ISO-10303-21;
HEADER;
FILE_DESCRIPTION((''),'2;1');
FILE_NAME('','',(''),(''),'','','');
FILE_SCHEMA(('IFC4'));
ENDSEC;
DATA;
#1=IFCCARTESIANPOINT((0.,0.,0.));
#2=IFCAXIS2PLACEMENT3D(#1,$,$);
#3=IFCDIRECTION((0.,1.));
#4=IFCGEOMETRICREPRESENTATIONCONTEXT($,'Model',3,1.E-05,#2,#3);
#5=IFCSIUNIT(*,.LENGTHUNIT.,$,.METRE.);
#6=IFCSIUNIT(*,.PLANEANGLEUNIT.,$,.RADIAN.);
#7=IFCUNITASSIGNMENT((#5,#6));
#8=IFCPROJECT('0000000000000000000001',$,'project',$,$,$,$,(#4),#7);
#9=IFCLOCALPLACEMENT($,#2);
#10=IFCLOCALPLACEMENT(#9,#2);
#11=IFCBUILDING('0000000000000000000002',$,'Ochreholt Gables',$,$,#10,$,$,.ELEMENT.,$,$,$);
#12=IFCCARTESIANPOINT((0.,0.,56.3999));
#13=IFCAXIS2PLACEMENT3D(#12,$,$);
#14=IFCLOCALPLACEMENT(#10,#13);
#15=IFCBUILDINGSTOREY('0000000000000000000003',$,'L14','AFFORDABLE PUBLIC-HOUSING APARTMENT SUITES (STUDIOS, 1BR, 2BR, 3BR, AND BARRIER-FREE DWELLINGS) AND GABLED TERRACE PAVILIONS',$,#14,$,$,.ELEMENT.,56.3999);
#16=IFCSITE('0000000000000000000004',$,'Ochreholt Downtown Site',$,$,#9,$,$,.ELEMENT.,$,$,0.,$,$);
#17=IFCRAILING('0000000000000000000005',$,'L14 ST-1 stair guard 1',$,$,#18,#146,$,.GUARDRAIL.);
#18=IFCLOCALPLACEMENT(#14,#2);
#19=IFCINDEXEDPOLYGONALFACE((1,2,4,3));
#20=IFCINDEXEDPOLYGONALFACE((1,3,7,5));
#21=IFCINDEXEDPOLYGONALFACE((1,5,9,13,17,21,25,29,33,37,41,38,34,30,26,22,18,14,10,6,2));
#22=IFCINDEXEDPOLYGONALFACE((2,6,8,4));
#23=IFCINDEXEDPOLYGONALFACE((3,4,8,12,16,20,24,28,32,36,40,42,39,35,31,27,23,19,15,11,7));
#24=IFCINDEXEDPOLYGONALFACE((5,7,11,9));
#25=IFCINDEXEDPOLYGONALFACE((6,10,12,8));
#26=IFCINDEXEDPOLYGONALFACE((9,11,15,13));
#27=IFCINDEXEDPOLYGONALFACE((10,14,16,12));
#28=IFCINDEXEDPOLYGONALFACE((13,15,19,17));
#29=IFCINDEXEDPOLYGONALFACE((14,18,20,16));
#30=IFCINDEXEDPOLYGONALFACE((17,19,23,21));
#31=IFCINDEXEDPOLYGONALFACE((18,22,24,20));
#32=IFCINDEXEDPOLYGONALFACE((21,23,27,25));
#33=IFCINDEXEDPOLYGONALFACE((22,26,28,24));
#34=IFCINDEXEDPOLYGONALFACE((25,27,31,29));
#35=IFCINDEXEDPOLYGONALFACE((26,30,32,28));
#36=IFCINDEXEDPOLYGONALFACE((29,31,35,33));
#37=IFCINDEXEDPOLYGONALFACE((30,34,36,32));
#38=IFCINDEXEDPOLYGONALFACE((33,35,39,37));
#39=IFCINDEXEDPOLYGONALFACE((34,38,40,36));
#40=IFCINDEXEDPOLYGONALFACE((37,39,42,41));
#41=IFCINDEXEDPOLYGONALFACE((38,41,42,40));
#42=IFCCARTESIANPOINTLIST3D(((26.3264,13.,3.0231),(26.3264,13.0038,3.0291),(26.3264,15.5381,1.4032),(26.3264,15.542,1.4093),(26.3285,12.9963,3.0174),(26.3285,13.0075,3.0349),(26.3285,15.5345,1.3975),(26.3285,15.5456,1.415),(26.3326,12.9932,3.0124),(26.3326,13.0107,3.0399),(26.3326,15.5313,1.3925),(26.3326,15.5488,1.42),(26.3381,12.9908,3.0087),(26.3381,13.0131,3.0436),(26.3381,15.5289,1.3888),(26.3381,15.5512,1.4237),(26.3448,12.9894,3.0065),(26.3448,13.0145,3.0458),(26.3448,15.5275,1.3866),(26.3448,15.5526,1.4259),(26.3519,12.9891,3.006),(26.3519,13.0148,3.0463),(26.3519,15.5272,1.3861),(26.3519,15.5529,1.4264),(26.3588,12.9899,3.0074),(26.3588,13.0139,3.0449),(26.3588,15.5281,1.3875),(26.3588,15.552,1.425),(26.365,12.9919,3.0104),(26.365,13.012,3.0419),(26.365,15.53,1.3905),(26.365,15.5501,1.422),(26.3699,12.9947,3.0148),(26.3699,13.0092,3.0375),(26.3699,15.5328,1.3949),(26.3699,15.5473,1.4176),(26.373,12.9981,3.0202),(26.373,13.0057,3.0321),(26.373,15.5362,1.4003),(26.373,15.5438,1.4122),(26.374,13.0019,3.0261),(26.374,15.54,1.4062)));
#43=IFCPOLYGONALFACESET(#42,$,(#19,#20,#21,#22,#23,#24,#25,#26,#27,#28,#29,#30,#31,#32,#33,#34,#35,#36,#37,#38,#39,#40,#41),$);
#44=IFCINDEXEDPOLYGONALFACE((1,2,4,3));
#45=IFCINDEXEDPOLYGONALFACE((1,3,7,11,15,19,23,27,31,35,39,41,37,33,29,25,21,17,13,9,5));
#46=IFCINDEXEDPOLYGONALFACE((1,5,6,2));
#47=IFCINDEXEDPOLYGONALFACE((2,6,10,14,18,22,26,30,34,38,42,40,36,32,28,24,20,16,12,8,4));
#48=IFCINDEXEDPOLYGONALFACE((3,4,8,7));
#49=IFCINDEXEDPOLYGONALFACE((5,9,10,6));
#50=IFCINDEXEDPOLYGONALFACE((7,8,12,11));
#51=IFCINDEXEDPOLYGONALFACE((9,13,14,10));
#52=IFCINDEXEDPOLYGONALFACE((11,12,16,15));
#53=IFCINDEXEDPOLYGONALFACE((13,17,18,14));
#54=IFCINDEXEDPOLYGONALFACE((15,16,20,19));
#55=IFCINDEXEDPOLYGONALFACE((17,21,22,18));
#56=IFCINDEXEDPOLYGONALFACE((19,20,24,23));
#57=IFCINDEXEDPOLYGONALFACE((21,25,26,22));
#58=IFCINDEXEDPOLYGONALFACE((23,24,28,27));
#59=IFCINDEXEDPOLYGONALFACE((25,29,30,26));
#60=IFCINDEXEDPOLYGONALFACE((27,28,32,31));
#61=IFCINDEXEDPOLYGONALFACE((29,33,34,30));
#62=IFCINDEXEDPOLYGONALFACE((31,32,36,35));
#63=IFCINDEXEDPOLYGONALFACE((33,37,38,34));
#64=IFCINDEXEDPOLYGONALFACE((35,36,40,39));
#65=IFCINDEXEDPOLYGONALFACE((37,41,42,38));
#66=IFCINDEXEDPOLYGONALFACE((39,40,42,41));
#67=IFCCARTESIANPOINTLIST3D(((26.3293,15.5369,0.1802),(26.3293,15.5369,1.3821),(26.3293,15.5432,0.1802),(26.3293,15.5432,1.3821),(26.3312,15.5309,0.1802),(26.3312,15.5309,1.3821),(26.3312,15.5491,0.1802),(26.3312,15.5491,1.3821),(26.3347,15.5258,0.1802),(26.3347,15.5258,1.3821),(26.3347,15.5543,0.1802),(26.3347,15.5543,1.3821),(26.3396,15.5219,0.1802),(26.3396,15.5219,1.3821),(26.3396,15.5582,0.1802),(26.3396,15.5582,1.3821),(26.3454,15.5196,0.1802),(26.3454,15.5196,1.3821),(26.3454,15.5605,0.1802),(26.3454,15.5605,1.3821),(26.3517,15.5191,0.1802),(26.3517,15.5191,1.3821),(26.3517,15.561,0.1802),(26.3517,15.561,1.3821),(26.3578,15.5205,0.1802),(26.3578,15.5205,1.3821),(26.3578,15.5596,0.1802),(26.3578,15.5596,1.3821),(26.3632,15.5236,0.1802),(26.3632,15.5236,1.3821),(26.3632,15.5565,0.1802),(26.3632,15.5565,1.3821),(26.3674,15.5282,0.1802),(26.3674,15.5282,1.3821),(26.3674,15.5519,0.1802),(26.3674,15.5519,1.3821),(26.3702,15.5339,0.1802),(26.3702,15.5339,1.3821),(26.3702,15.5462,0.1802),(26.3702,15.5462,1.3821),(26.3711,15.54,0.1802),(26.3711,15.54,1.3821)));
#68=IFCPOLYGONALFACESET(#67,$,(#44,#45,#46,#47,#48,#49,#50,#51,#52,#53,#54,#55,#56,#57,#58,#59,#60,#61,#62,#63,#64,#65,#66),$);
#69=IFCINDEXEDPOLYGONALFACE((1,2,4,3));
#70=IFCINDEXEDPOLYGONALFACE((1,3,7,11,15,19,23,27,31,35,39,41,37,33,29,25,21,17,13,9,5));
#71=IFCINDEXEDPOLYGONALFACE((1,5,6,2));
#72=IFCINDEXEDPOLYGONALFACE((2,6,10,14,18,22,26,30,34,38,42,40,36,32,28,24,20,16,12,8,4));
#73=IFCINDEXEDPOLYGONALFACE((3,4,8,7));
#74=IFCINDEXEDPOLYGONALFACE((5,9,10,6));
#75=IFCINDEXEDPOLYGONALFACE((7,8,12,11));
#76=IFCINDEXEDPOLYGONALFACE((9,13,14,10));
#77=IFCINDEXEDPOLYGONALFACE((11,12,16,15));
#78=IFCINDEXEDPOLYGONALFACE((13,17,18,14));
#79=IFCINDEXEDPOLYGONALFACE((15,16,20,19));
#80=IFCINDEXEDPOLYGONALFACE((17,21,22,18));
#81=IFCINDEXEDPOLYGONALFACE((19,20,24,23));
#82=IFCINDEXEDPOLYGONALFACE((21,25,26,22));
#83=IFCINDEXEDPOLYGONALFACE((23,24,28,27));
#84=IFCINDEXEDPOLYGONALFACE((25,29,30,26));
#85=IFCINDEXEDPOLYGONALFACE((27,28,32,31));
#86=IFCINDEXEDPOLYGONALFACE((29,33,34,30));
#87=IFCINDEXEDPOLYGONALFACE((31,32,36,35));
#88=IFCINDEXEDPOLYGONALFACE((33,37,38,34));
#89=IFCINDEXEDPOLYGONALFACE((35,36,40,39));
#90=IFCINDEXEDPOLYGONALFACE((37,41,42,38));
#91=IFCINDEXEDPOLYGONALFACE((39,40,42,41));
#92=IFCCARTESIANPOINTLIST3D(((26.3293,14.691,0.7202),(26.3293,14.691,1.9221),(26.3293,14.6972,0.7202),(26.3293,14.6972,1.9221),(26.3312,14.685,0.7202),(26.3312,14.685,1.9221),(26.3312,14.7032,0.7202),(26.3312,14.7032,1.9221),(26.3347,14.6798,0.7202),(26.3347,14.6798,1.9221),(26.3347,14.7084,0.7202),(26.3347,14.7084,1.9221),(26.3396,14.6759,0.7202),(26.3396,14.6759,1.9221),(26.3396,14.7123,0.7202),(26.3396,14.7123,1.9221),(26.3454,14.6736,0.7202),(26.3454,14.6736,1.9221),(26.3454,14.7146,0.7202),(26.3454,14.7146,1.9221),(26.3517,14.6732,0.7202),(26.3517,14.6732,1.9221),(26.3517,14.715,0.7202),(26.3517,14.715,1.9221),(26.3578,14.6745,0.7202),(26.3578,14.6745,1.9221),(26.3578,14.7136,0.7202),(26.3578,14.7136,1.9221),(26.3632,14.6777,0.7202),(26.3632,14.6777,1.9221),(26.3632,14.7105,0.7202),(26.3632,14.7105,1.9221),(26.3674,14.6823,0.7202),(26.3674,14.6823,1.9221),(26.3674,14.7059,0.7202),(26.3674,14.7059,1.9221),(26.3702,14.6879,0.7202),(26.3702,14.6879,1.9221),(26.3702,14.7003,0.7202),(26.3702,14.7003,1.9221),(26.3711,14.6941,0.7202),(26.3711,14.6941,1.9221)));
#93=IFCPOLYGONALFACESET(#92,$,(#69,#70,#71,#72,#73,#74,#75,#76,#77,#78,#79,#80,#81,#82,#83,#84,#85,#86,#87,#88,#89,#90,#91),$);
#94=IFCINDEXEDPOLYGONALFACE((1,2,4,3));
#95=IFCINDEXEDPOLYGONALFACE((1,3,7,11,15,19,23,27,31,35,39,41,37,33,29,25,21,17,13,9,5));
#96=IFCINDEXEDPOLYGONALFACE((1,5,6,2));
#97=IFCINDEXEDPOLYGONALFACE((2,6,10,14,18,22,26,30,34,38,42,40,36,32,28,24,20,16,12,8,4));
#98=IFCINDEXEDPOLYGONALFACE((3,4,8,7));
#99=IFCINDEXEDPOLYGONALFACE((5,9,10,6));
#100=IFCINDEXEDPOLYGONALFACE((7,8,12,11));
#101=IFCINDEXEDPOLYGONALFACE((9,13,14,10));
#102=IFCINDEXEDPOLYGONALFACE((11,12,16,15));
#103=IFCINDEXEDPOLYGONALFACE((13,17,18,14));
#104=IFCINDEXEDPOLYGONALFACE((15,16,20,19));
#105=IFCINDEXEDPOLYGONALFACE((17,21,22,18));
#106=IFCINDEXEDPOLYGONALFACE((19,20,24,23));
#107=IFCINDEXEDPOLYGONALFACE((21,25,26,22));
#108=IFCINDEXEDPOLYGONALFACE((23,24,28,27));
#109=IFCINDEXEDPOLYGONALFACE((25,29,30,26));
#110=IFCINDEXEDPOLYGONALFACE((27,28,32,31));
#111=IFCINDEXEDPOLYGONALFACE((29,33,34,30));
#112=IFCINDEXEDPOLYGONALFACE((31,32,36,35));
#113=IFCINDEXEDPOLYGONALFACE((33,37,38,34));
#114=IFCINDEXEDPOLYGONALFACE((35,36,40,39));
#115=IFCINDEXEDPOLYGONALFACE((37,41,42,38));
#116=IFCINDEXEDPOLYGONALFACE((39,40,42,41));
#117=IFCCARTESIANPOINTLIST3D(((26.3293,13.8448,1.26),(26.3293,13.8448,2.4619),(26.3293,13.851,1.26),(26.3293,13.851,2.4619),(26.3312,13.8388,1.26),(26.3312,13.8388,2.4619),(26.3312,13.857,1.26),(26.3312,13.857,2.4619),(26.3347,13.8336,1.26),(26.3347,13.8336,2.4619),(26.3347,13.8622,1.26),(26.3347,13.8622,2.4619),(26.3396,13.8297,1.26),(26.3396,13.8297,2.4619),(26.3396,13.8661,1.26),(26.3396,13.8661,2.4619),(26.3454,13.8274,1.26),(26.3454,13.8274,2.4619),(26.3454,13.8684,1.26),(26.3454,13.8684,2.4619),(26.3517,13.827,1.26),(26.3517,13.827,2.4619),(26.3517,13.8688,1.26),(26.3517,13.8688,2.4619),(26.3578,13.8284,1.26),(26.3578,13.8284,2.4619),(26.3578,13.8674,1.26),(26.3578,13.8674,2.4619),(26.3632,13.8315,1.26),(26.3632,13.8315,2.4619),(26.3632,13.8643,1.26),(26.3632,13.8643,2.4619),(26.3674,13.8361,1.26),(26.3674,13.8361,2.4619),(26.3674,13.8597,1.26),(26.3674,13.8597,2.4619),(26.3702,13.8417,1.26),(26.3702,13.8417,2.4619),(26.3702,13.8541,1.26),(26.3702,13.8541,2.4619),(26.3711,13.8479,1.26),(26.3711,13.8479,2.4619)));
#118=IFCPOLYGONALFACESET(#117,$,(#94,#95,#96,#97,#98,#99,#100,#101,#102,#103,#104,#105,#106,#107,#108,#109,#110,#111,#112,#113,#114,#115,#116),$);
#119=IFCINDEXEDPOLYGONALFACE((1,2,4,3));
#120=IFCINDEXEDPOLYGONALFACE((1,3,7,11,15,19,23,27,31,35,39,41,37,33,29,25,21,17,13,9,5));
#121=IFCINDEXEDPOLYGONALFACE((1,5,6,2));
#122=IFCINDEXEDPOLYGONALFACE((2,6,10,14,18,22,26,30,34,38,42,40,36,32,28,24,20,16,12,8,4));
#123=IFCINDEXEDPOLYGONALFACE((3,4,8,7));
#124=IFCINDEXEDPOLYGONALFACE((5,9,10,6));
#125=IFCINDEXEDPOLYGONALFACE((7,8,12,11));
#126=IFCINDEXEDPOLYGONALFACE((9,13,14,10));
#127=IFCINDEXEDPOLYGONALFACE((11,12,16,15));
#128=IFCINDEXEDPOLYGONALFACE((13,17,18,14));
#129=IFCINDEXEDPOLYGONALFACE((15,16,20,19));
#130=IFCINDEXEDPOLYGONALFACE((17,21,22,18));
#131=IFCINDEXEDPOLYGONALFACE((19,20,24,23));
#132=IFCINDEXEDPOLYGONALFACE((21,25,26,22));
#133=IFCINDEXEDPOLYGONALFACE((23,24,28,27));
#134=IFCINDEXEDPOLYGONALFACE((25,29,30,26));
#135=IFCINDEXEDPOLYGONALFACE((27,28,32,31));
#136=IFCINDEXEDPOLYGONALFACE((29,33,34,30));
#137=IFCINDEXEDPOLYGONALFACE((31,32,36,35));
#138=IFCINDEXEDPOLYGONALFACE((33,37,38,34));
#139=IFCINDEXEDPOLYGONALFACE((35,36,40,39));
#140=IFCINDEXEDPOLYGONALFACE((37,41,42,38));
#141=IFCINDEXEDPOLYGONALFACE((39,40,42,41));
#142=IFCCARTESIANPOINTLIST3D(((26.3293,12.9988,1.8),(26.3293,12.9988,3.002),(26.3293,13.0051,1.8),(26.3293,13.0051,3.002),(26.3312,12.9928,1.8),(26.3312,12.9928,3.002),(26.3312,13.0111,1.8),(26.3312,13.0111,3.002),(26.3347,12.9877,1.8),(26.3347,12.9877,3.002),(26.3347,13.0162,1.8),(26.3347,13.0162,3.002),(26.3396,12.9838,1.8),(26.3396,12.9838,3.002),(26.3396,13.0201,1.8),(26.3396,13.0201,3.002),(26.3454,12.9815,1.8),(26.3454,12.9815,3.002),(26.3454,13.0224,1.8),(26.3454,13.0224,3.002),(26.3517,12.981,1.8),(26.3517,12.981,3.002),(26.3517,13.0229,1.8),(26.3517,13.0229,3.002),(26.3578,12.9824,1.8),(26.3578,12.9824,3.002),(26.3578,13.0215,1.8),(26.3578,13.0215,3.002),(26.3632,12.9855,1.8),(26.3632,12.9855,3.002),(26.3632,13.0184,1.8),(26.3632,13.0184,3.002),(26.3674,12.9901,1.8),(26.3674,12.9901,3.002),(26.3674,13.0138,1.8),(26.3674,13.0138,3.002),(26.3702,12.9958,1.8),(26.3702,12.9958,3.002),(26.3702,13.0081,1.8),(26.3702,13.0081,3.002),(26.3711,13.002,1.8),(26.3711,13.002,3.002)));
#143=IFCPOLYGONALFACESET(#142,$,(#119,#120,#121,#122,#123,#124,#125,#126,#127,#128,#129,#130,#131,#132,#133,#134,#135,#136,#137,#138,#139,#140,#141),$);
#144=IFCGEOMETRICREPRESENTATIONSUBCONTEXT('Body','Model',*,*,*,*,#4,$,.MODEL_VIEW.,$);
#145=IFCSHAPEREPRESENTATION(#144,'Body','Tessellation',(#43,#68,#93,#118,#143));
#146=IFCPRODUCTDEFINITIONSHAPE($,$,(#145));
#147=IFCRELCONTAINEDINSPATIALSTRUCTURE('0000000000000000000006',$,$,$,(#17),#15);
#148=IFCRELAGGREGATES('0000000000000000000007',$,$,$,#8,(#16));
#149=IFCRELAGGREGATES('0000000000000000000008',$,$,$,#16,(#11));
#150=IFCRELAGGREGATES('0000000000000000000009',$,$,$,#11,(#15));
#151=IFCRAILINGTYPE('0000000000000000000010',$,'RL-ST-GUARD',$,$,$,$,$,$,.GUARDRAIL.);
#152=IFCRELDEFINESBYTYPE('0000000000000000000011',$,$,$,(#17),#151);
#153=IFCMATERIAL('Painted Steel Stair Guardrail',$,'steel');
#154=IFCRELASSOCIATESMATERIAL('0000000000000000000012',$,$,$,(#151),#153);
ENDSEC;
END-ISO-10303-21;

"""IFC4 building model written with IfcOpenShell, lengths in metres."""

from ifc_helpers import new_model, si_unit, direction, frame, origin, origin_2d, place, context, subcontext, project, spatial, circle, extrude, material, type_object, element, save


model = new_model("IFC4")

# Units and contexts
model_context = context("Model", 3, precision=1e-05, world=origin(), true_north=direction((0.0, 1.0)))
body_context = subcontext(model_context, "Body", "Model", "MODEL_VIEW")
ifc_project = project(units=[si_unit("LENGTHUNIT", "METRE"), si_unit("PLANEANGLEUNIT", "RADIAN")], contexts=[model_context])

# Site, building, storey
site_placement = place(None, origin())
site = spatial("IfcSite", under=ifc_project, at=site_placement, Name="Ochreholt Downtown Site", CompositionType="ELEMENT", RefElevation=0.0)
building_placement = place(site_placement, origin())
building = spatial("IfcBuilding", under=site, at=building_placement, Name="Ochreholt Gables", CompositionType="ELEMENT")
storey_placement = place(building_placement, frame((0.0, 0.0, 56.3999)))
storey = spatial("IfcBuildingStorey", under=building, at=storey_placement, Name="L14", Description="AFFORDABLE PUBLIC-HOUSING APARTMENT SUITES (STUDIOS, 1BR, 2BR, 3BR, AND BARRIER-FREE DWELLINGS) AND GABLED TERRACE PAVILIONS", CompositionType="ELEMENT", Elevation=56.3999)

# Railing
ifc_material_1 = material(Name="Painted Steel Stair Guardrail", Category="steel")
railing_type_1 = type_object("IfcRailingType", Name="RL-ST-GUARD", PredefinedType="GUARDRAIL", material=ifc_material_1)
railing_1_placement = place(storey_placement, frame((26.3501, 15.54, 0.1802)))
element("IfcRailing", 1, at=railing_1_placement, inside=storey, type_object=railing_type_1, Name="L14 ST-1 stair guard 1", PredefinedType="GUARDRAIL", context=body_context, shape_type="SweptSolid", body=[
    extrude(circle(Radius=0.0239, at=origin_2d()), frame((0.0, 0.0, 1.2261), z_axis=(0.0, -0.84295, 0.537993), x_axis=(1.0, 0.0, 0.0)), (0.0, 0.0, 1.0), 3.011),
    extrude(circle(Radius=0.021, at=origin_2d()), origin(), (0.0, 0.0, 1.0), 1.2019),
    extrude(circle(Radius=0.021, at=origin_2d()), frame((0.0, -0.8459, 0.54)), (0.0, 0.0, 1.0), 1.2019),
    extrude(circle(Radius=0.021, at=origin_2d()), frame((0.0, -1.6921, 1.0798)), (0.0, 0.0, 1.0), 1.2019),
    extrude(circle(Radius=0.021, at=origin_2d()), frame((0.0, -2.5381, 1.6199)), (0.0, 0.0, 1.0), 1.2019),
])

save(model, "model.ifc")
